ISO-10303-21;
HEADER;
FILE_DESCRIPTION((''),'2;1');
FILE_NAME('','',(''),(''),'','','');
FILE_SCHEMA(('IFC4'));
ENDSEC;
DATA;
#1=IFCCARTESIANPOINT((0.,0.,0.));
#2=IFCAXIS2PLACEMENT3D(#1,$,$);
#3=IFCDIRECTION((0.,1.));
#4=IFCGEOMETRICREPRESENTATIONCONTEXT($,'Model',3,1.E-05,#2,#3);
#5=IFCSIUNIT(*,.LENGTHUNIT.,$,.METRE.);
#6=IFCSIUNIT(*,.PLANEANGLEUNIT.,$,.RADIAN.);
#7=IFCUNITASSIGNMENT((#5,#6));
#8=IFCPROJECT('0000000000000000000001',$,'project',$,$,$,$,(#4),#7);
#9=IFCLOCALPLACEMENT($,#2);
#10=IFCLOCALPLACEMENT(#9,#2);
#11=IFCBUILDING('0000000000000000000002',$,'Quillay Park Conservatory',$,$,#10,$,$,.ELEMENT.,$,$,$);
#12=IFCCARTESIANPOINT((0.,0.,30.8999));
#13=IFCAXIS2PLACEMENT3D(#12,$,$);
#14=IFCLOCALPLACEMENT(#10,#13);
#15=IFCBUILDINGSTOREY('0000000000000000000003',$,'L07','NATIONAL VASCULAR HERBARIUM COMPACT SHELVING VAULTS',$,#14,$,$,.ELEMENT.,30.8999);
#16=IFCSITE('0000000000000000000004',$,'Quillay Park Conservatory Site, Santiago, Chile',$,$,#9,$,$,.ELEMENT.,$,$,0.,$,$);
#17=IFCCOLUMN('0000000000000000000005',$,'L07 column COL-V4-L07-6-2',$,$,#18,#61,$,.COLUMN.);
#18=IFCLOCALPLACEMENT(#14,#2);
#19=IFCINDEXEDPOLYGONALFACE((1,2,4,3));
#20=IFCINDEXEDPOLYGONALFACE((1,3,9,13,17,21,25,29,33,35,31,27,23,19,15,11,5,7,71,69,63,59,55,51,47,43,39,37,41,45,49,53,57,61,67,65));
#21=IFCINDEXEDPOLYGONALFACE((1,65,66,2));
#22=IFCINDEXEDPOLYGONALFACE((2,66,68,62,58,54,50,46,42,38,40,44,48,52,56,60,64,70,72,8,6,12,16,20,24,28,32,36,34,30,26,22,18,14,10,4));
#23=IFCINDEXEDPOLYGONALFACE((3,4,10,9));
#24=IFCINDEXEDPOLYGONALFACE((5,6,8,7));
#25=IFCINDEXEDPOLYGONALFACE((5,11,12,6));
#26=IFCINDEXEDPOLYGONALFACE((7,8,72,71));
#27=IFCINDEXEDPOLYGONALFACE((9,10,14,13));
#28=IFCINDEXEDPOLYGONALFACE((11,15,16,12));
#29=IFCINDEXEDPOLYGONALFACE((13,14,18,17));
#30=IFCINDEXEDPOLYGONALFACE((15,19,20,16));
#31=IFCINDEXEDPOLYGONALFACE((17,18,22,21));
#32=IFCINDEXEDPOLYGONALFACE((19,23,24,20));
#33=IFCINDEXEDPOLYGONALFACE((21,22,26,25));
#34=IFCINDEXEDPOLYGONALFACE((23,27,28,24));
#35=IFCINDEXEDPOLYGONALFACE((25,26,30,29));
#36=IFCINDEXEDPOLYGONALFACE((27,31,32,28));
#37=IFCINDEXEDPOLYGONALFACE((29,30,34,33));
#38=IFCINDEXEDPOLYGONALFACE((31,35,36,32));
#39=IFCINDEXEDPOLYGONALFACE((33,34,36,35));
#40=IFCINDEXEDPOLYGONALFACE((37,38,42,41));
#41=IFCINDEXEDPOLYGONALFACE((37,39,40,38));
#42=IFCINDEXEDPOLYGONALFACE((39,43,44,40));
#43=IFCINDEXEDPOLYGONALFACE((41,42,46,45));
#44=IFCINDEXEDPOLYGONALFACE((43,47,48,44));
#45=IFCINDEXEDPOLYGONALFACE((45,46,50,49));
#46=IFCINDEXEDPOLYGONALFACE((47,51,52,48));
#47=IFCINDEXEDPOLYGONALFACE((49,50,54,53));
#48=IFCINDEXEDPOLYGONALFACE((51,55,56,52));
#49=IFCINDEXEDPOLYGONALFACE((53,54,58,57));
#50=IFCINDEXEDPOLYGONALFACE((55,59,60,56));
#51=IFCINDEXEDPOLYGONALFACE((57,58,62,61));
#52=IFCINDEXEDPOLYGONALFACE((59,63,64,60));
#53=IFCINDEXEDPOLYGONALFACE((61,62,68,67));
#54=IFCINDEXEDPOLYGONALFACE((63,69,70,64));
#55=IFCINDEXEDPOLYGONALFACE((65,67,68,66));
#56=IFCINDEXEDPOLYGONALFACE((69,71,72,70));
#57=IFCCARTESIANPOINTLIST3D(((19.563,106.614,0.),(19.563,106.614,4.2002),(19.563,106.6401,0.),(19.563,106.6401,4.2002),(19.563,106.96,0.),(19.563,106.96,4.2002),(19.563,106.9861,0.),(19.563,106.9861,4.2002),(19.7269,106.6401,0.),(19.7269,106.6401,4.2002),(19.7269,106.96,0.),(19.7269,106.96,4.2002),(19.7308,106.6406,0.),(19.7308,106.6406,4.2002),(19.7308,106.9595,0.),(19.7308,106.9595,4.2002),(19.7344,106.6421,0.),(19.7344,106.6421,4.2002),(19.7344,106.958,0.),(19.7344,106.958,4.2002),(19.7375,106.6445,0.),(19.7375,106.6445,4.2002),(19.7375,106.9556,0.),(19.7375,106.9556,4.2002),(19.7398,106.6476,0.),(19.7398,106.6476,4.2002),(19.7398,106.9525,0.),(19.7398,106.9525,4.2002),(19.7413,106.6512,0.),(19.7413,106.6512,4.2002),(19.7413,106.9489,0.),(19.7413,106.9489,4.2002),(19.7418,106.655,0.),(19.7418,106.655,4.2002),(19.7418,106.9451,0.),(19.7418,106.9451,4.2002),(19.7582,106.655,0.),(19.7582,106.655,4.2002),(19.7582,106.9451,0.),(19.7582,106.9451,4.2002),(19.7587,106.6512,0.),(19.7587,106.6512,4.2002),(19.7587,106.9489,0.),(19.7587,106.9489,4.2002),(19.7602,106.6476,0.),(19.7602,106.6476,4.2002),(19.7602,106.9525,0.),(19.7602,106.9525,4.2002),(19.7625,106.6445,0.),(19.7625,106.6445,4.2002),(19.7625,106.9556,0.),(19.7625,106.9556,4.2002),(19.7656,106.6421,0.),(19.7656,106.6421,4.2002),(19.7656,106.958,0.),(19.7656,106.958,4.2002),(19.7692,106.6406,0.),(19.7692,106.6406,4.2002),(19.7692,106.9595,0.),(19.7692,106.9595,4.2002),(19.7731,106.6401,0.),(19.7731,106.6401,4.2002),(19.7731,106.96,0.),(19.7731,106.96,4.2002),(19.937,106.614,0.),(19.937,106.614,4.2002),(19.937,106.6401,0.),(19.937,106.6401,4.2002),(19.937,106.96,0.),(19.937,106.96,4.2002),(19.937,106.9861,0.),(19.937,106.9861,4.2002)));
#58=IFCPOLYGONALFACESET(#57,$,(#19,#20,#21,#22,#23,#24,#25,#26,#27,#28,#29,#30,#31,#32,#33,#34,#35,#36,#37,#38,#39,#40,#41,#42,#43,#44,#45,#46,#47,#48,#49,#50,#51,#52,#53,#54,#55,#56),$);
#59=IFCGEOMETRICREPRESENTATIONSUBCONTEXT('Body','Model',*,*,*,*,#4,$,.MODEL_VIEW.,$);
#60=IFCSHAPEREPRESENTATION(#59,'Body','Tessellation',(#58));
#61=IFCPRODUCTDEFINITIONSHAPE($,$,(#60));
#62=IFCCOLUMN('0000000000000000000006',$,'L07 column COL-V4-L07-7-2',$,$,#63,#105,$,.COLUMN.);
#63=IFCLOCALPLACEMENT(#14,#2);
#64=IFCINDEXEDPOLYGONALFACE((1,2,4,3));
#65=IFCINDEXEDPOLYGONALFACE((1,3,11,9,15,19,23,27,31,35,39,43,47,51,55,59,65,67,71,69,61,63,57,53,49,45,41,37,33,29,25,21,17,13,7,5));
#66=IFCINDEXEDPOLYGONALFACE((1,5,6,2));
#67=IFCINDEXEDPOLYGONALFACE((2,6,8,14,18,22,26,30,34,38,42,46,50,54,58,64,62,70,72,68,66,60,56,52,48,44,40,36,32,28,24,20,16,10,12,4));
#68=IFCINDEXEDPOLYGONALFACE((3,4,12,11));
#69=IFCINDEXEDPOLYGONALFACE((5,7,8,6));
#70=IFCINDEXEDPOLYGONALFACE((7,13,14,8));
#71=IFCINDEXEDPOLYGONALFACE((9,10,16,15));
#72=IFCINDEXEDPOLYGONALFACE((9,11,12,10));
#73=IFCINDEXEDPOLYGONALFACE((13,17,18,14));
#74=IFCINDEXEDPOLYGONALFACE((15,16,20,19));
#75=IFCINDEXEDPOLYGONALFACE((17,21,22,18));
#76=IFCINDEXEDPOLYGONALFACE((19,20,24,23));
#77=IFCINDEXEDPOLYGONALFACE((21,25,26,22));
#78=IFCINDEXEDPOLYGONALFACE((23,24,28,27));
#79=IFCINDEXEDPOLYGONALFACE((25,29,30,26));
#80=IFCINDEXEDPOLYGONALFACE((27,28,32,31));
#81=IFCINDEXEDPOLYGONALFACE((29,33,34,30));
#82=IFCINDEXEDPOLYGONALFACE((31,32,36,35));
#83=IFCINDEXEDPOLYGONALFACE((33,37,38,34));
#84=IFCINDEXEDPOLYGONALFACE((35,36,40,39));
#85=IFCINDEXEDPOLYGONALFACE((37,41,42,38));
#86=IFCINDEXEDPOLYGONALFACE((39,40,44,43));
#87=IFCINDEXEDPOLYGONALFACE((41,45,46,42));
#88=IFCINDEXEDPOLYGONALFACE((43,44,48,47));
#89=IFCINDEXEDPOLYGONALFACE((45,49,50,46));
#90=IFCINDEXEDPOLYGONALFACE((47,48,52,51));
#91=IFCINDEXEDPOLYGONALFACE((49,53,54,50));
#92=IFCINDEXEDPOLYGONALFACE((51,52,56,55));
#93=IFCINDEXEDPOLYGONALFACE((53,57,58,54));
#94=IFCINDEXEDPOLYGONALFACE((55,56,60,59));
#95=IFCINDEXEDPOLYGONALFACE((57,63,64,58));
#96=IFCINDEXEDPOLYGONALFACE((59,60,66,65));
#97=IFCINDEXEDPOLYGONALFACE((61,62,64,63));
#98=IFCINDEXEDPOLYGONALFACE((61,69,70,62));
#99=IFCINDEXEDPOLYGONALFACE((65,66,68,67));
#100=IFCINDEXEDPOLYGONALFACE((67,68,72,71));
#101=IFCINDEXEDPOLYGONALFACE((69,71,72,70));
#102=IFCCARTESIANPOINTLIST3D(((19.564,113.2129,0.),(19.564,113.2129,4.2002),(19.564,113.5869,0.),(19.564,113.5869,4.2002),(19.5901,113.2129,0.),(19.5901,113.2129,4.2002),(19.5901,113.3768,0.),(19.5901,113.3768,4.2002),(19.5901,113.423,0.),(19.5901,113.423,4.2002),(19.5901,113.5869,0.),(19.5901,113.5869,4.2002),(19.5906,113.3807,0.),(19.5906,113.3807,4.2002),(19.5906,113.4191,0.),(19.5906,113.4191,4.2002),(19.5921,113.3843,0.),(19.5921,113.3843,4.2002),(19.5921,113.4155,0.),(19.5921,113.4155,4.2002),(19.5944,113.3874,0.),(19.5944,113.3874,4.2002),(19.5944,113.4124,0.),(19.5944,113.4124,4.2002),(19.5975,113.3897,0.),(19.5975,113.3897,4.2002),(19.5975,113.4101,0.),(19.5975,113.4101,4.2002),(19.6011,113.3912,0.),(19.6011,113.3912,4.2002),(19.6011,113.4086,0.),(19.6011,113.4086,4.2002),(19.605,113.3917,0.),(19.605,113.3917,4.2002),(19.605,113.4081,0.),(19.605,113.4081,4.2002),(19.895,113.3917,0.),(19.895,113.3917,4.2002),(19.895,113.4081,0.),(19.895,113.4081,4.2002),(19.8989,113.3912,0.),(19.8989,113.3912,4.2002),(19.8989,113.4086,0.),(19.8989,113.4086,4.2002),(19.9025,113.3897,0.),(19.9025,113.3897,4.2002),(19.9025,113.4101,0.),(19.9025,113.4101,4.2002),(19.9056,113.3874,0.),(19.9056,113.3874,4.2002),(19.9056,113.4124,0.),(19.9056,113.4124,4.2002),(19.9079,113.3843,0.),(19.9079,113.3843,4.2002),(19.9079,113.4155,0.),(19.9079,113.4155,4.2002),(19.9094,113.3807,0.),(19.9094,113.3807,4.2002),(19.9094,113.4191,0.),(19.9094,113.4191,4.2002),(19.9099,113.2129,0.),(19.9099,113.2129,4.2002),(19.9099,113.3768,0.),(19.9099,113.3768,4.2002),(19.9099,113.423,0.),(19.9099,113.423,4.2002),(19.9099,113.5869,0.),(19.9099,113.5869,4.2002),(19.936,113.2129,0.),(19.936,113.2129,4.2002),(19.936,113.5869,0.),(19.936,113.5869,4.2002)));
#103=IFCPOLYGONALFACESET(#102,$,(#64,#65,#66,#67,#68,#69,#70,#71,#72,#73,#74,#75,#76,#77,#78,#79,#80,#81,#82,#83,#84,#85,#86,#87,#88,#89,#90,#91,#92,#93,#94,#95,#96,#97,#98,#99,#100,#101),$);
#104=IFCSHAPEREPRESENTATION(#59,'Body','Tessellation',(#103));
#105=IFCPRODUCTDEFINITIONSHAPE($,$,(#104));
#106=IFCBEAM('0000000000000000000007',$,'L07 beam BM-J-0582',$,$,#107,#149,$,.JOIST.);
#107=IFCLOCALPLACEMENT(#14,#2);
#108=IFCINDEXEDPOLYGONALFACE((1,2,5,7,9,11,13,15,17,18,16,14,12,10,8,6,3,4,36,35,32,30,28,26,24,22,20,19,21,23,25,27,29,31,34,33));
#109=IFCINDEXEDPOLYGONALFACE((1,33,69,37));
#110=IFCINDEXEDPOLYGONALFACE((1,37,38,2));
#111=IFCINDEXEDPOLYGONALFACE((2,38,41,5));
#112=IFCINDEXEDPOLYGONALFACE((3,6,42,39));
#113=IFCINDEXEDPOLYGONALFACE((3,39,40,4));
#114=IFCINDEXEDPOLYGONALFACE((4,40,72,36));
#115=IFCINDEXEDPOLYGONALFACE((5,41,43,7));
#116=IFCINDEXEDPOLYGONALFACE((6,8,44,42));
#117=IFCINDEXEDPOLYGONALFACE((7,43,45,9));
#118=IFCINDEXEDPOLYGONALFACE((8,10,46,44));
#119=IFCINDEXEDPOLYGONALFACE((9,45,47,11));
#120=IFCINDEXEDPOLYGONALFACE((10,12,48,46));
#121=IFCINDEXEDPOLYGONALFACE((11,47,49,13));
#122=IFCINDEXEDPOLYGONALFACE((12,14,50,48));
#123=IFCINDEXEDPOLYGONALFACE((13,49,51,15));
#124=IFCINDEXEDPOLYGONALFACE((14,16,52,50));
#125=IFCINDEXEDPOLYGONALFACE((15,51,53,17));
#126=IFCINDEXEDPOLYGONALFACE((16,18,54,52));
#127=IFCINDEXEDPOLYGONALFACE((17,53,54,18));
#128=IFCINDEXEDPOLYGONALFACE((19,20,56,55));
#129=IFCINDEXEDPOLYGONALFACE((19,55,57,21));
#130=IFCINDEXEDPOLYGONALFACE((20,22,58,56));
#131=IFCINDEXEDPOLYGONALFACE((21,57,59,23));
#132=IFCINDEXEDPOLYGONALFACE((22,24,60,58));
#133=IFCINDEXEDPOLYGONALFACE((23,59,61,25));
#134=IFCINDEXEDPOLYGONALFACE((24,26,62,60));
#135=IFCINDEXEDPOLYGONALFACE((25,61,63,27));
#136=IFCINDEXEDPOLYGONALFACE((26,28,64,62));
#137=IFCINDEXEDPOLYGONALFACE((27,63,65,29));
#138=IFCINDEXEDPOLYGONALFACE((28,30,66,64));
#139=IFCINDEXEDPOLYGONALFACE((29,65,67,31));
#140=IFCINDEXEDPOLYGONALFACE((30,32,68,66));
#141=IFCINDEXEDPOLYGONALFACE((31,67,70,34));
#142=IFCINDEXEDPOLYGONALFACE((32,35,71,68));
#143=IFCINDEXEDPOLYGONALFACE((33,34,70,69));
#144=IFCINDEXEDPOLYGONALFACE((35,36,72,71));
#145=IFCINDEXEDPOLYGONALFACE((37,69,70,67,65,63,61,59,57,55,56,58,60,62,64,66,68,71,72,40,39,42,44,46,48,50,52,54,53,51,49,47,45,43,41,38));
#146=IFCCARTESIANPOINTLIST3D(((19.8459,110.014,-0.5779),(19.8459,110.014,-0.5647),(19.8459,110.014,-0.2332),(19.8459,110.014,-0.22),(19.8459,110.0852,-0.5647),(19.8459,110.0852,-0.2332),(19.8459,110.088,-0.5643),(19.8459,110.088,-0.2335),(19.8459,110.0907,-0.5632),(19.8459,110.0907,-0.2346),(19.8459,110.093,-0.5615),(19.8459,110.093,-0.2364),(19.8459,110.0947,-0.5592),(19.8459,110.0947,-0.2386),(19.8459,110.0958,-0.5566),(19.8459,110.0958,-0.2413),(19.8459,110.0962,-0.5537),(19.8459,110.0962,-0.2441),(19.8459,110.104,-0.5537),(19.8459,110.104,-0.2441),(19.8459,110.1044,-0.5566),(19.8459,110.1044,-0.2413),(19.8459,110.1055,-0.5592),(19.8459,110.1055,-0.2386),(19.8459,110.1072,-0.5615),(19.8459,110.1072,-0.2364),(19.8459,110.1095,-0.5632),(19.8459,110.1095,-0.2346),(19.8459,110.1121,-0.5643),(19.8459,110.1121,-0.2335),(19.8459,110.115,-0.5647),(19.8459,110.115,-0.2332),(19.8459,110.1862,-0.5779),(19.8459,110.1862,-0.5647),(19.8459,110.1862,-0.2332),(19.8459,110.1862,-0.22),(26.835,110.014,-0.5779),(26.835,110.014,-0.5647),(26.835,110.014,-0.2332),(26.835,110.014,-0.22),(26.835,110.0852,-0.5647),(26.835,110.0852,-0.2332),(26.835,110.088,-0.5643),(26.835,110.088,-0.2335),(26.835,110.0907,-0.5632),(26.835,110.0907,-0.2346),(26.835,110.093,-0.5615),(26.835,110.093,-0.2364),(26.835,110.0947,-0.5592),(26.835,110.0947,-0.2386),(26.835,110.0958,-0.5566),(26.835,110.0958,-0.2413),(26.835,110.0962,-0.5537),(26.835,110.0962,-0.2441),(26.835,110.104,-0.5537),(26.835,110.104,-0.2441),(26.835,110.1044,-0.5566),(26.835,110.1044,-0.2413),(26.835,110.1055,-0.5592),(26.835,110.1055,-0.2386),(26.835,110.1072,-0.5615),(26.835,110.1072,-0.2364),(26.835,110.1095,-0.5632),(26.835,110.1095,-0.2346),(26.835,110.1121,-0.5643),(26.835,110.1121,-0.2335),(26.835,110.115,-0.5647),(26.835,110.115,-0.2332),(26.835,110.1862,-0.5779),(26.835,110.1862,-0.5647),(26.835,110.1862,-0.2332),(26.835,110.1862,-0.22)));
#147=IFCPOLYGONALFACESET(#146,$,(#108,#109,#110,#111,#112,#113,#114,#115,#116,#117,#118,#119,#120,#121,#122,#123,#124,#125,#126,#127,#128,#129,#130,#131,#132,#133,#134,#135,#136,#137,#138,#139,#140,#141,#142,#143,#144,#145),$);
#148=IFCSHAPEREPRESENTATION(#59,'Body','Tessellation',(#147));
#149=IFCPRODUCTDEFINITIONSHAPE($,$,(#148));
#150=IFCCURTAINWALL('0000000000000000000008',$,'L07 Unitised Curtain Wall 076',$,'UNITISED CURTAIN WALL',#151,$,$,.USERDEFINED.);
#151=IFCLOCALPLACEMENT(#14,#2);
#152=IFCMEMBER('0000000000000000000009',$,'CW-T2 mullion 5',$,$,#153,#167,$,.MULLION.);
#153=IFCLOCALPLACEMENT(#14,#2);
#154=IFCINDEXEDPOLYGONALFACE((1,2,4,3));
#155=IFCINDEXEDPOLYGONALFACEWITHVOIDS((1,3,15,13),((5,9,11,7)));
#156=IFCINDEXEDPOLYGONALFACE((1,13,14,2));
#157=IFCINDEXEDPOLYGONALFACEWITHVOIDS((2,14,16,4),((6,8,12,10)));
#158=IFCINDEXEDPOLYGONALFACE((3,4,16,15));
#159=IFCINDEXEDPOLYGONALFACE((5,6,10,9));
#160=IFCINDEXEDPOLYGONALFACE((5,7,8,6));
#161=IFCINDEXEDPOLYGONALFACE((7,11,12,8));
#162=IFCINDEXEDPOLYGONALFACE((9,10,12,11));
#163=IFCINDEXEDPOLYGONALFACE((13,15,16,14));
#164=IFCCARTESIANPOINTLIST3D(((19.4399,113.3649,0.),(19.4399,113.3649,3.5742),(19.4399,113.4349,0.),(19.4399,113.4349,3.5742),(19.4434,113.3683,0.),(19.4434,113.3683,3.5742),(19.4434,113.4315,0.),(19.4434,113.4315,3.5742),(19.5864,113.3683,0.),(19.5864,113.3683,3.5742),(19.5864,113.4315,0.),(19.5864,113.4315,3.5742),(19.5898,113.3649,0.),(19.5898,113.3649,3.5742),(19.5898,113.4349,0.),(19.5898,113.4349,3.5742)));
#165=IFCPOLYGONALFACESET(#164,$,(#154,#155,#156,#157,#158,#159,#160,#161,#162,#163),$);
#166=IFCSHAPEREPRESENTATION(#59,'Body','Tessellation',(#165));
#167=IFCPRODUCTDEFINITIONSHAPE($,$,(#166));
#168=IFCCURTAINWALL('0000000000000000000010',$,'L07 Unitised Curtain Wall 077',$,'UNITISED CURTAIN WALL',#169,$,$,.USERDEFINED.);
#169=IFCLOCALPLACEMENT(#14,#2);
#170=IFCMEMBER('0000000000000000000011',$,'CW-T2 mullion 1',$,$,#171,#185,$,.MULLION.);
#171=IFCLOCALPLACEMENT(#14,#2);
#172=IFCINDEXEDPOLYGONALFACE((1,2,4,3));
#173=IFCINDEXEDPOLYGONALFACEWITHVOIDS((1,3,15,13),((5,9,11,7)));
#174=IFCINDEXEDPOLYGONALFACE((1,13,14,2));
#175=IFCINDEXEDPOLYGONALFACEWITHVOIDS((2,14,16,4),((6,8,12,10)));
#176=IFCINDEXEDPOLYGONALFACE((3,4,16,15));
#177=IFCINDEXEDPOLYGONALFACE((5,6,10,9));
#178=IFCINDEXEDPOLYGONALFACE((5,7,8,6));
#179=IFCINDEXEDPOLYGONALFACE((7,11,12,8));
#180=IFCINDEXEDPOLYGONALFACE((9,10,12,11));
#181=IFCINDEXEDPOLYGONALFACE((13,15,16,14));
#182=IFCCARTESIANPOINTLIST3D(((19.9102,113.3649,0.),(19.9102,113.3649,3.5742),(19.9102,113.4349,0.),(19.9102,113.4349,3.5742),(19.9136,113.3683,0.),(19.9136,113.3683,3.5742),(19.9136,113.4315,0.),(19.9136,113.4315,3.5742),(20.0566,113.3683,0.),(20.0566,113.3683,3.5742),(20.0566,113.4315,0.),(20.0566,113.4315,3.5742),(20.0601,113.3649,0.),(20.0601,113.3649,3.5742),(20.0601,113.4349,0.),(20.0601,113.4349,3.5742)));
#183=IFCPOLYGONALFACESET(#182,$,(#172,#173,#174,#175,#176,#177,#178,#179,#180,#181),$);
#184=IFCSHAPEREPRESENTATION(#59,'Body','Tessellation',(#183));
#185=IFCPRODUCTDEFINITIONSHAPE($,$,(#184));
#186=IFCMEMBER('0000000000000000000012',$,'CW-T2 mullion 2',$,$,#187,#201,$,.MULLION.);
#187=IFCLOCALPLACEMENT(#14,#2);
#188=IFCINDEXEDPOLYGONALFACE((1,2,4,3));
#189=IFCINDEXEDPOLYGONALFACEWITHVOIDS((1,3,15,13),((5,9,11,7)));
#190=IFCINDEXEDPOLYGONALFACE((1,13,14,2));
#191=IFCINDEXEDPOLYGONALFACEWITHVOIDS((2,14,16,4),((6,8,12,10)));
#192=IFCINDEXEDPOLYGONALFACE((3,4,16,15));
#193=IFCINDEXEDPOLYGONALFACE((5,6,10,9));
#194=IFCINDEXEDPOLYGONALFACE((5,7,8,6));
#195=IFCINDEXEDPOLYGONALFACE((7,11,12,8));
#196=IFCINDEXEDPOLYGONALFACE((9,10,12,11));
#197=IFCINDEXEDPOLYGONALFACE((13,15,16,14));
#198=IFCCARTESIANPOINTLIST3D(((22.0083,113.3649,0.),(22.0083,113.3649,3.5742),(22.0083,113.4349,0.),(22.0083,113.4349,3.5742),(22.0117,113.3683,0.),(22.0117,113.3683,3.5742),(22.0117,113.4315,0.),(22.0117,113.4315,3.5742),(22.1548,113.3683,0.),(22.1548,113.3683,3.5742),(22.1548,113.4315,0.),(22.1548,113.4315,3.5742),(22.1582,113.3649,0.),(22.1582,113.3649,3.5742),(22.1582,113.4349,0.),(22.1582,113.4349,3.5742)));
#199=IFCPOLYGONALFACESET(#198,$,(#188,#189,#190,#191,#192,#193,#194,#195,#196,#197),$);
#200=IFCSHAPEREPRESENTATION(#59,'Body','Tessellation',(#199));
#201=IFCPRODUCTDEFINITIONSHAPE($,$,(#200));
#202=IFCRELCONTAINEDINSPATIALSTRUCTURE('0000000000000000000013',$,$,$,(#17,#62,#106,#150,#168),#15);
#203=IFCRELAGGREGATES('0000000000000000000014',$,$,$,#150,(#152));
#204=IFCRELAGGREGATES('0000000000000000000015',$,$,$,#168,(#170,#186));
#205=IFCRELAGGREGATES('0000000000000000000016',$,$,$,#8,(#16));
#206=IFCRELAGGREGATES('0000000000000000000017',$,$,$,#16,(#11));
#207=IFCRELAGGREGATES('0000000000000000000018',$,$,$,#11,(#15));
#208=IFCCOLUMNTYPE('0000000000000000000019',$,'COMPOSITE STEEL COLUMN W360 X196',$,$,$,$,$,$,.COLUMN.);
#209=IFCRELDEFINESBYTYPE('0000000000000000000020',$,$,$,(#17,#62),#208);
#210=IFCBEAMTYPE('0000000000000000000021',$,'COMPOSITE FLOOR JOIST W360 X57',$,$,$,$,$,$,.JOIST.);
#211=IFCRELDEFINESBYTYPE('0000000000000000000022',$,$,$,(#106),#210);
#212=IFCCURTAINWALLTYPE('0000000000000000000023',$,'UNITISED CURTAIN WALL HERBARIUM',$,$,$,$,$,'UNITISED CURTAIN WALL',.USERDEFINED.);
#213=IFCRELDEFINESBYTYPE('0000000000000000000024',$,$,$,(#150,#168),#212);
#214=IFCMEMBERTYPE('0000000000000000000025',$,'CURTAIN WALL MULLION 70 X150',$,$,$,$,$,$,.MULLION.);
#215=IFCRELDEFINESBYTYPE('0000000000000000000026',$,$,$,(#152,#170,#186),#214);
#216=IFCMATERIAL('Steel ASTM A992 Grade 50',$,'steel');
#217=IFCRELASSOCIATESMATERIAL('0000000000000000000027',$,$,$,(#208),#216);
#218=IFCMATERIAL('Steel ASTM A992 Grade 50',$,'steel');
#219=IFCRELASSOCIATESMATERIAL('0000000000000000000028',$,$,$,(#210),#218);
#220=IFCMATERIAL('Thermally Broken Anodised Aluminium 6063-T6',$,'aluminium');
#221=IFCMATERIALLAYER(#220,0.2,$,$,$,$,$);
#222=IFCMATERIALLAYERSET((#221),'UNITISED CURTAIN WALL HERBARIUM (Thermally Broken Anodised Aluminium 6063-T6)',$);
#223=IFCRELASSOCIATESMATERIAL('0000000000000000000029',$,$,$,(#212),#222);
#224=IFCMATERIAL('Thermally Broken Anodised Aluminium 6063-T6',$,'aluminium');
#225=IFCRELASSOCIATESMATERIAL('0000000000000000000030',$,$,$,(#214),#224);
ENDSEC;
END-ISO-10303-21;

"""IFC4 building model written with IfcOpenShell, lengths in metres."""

from ifc_helpers import new_model, si_unit, direction, frame, origin, origin_2d, place, context, subcontext, project, spatial, hollow_rectangle, i_section, extrude, material, layer, layer_set, material_profile, profile_set, type_object, element, aggregate, save


model = new_model("IFC4")

# Units and contexts
model_context = context("Model", 3, precision=1e-05, world=origin(), true_north=direction((0.0, 1.0)))
body_context = subcontext(model_context, "Body", "Model", "MODEL_VIEW")
ifc_project = project(units=[si_unit("LENGTHUNIT", "METRE"), si_unit("PLANEANGLEUNIT", "RADIAN")], contexts=[model_context])

# Site, building, storey
site_placement = place(None, origin())
site = spatial("IfcSite", under=ifc_project, at=site_placement, Name="Quillay Park Conservatory Site, Santiago, Chile", CompositionType="ELEMENT", RefElevation=0.0)
building_placement = place(site_placement, origin())
building = spatial("IfcBuilding", under=site, at=building_placement, Name="Quillay Park Conservatory", CompositionType="ELEMENT")
storey_placement = place(building_placement, frame((0.0, 0.0, 30.8999)))
storey = spatial("IfcBuildingStorey", under=building, at=storey_placement, Name="L07", Description="NATIONAL VASCULAR HERBARIUM COMPACT SHELVING VAULTS", CompositionType="ELEMENT", Elevation=30.8999)

# Columns
ifc_material_1 = material(Name="Steel ASTM A992 Grade 50", Category="steel")
ifc_material_profile_1 = material_profile(ifc_material_1, i_section(OverallWidth=0.374, OverallDepth=0.3721, WebThickness=0.0164, FlangeThickness=0.0261, FilletRadius=0.0149, at=origin_2d()), Name="W360x196")
ifc_profile_set_1 = profile_set([ifc_material_profile_1], Name="Steel ASTM A992 Grade 50")
column_type = type_object("IfcColumnType", Name="COMPOSITE STEEL COLUMN W360 X196", PredefinedType="COLUMN", material=ifc_profile_set_1)
for number, where, z_axis, x_axis, name in (
    (1, (19.75, 106.8, 0.0), (0.0, 0.0, 1.0), (1.0, 0.0, 0.0), "L07 column COL-V4-L07-6-2"),
    (2, (19.75, 113.3999, 0.0), (0.0, 0.0, 1.0), (0.0, 1.0, 0.0), "L07 column COL-V4-L07-7-2"),
):
    element("IfcColumn", number, at=place(storey_placement, frame(where, z_axis=z_axis, x_axis=x_axis)), inside=storey, type_object=column_type, Name=name, PredefinedType="COLUMN", context=body_context, shape_type="SweptSolid", body=[
        extrude(i_section(OverallWidth=0.374, OverallDepth=0.3721, WebThickness=0.0164, FlangeThickness=0.0261, FilletRadius=0.0149, at=origin_2d()), origin(), (0.0, 0.0, 1.0), 4.2002),
    ])

# Beam
ifc_material_2 = material(Name="Steel ASTM A992 Grade 50", Category="steel")
ifc_material_profile_2 = material_profile(ifc_material_2, i_section(OverallWidth=0.1721, OverallDepth=0.3579, WebThickness=0.0078, FlangeThickness=0.0132, FilletRadius=0.011, at=origin_2d()), Name="W360x57")
ifc_profile_set_2 = profile_set([ifc_material_profile_2], Name="Steel ASTM A992 Grade 50")
beam_type_1 = type_object("IfcBeamType", Name="COMPOSITE FLOOR JOIST W360 X57", PredefinedType="JOIST", material=ifc_profile_set_2)
beam_1_placement = place(storey_placement, frame((19.8459, 110.1001, -0.3989), z_axis=(1.0, 0.0, 0.0), x_axis=(0.0, 1.0, 0.0)))
element("IfcBeam", 3, at=beam_1_placement, inside=storey, type_object=beam_type_1, Name="L07 beam BM-J-0582", PredefinedType="JOIST", context=body_context, shape_type="SweptSolid", body=[
    extrude(i_section(OverallWidth=0.1721, OverallDepth=0.3579, WebThickness=0.0078, FlangeThickness=0.0132, FilletRadius=0.011, at=origin_2d()), origin(), (0.0, 0.0, 1.0), 6.989),
])

# Curtain wall, member
ifc_material_3 = material(Name="Thermally Broken Anodised Aluminium 6063-T6", Category="aluminium")
ifc_layer_1 = layer(ifc_material_3, 0.2)
ifc_layer_set_1 = layer_set([ifc_layer_1], Name="UNITISED CURTAIN WALL HERBARIUM (Thermally Broken Anodised Aluminium 6063-T6)")
curtain_wall_type = type_object("IfcCurtainWallType", Name="UNITISED CURTAIN WALL HERBARIUM", ElementType="UNITISED CURTAIN WALL", PredefinedType="USERDEFINED", material=ifc_layer_set_1)
curtain_wall_1_placement = place(storey_placement, origin())
curtain_wall_1 = element("IfcCurtainWall", 4, at=curtain_wall_1_placement, inside=storey, type_object=curtain_wall_type, Name="L07 Unitised Curtain Wall 076", ObjectType="UNITISED CURTAIN WALL", PredefinedType="USERDEFINED")
ifc_material_4 = material(Name="Thermally Broken Anodised Aluminium 6063-T6", Category="aluminium")
ifc_material_profile_3 = material_profile(ifc_material_4, hollow_rectangle(XDim=0.0701, YDim=0.1499, WallThickness=0.0034, at=origin_2d()), Name="AL70x150x3.5")
ifc_profile_set_3 = profile_set([ifc_material_profile_3], Name="Thermally Broken Anodised Aluminium 6063-T6")
member_type_1 = type_object("IfcMemberType", Name="CURTAIN WALL MULLION 70 X150", PredefinedType="MULLION", material=ifc_profile_set_3)
member_1_placement = place(storey_placement, frame((19.5149, 113.3999, 0.0), z_axis=(0.0, 0.0, 1.0), x_axis=(0.0, 1.0, 0.0)))
member_1 = element("IfcMember", 5, at=member_1_placement, type_object=member_type_1, Name="CW-T2 mullion 5", PredefinedType="MULLION", context=body_context, shape_type="SweptSolid", body=[
    extrude(hollow_rectangle(XDim=0.0701, YDim=0.1499, WallThickness=0.0034, at=origin_2d()), origin(), (0.0, 0.0, 1.0), 3.5742),
])

# Curtain wall, members
curtain_wall_2_placement = place(storey_placement, origin())
curtain_wall_2 = element("IfcCurtainWall", 6, at=curtain_wall_2_placement, inside=storey, type_object=curtain_wall_type, Name="L07 Unitised Curtain Wall 077", ObjectType="UNITISED CURTAIN WALL", PredefinedType="USERDEFINED")
member_2_placement = place(storey_placement, frame((19.9851, 113.3999, 0.0), z_axis=(0.0, 0.0, 1.0), x_axis=(0.0, 1.0, 0.0)))
member_2 = element("IfcMember", 7, at=member_2_placement, type_object=member_type_1, Name="CW-T2 mullion 1", PredefinedType="MULLION", context=body_context, shape_type="SweptSolid", body=[
    extrude(hollow_rectangle(XDim=0.0701, YDim=0.1499, WallThickness=0.0034, at=origin_2d()), origin(), (0.0, 0.0, 1.0), 3.5742),
])
member_3_placement = place(storey_placement, frame((22.0833, 113.3999, 0.0), z_axis=(0.0, 0.0, 1.0), x_axis=(0.0, 1.0, 0.0)))
member_3 = element("IfcMember", 8, at=member_3_placement, type_object=member_type_1, Name="CW-T2 mullion 2", PredefinedType="MULLION", context=body_context, shape_type="SweptSolid", body=[
    extrude(hollow_rectangle(XDim=0.0701, YDim=0.1499, WallThickness=0.0034, at=origin_2d()), origin(), (0.0, 0.0, 1.0), 3.5742),
])

aggregate(curtain_wall_1, [member_1])
aggregate(curtain_wall_2, [member_2, member_3])

save(model, "model.ifc")
